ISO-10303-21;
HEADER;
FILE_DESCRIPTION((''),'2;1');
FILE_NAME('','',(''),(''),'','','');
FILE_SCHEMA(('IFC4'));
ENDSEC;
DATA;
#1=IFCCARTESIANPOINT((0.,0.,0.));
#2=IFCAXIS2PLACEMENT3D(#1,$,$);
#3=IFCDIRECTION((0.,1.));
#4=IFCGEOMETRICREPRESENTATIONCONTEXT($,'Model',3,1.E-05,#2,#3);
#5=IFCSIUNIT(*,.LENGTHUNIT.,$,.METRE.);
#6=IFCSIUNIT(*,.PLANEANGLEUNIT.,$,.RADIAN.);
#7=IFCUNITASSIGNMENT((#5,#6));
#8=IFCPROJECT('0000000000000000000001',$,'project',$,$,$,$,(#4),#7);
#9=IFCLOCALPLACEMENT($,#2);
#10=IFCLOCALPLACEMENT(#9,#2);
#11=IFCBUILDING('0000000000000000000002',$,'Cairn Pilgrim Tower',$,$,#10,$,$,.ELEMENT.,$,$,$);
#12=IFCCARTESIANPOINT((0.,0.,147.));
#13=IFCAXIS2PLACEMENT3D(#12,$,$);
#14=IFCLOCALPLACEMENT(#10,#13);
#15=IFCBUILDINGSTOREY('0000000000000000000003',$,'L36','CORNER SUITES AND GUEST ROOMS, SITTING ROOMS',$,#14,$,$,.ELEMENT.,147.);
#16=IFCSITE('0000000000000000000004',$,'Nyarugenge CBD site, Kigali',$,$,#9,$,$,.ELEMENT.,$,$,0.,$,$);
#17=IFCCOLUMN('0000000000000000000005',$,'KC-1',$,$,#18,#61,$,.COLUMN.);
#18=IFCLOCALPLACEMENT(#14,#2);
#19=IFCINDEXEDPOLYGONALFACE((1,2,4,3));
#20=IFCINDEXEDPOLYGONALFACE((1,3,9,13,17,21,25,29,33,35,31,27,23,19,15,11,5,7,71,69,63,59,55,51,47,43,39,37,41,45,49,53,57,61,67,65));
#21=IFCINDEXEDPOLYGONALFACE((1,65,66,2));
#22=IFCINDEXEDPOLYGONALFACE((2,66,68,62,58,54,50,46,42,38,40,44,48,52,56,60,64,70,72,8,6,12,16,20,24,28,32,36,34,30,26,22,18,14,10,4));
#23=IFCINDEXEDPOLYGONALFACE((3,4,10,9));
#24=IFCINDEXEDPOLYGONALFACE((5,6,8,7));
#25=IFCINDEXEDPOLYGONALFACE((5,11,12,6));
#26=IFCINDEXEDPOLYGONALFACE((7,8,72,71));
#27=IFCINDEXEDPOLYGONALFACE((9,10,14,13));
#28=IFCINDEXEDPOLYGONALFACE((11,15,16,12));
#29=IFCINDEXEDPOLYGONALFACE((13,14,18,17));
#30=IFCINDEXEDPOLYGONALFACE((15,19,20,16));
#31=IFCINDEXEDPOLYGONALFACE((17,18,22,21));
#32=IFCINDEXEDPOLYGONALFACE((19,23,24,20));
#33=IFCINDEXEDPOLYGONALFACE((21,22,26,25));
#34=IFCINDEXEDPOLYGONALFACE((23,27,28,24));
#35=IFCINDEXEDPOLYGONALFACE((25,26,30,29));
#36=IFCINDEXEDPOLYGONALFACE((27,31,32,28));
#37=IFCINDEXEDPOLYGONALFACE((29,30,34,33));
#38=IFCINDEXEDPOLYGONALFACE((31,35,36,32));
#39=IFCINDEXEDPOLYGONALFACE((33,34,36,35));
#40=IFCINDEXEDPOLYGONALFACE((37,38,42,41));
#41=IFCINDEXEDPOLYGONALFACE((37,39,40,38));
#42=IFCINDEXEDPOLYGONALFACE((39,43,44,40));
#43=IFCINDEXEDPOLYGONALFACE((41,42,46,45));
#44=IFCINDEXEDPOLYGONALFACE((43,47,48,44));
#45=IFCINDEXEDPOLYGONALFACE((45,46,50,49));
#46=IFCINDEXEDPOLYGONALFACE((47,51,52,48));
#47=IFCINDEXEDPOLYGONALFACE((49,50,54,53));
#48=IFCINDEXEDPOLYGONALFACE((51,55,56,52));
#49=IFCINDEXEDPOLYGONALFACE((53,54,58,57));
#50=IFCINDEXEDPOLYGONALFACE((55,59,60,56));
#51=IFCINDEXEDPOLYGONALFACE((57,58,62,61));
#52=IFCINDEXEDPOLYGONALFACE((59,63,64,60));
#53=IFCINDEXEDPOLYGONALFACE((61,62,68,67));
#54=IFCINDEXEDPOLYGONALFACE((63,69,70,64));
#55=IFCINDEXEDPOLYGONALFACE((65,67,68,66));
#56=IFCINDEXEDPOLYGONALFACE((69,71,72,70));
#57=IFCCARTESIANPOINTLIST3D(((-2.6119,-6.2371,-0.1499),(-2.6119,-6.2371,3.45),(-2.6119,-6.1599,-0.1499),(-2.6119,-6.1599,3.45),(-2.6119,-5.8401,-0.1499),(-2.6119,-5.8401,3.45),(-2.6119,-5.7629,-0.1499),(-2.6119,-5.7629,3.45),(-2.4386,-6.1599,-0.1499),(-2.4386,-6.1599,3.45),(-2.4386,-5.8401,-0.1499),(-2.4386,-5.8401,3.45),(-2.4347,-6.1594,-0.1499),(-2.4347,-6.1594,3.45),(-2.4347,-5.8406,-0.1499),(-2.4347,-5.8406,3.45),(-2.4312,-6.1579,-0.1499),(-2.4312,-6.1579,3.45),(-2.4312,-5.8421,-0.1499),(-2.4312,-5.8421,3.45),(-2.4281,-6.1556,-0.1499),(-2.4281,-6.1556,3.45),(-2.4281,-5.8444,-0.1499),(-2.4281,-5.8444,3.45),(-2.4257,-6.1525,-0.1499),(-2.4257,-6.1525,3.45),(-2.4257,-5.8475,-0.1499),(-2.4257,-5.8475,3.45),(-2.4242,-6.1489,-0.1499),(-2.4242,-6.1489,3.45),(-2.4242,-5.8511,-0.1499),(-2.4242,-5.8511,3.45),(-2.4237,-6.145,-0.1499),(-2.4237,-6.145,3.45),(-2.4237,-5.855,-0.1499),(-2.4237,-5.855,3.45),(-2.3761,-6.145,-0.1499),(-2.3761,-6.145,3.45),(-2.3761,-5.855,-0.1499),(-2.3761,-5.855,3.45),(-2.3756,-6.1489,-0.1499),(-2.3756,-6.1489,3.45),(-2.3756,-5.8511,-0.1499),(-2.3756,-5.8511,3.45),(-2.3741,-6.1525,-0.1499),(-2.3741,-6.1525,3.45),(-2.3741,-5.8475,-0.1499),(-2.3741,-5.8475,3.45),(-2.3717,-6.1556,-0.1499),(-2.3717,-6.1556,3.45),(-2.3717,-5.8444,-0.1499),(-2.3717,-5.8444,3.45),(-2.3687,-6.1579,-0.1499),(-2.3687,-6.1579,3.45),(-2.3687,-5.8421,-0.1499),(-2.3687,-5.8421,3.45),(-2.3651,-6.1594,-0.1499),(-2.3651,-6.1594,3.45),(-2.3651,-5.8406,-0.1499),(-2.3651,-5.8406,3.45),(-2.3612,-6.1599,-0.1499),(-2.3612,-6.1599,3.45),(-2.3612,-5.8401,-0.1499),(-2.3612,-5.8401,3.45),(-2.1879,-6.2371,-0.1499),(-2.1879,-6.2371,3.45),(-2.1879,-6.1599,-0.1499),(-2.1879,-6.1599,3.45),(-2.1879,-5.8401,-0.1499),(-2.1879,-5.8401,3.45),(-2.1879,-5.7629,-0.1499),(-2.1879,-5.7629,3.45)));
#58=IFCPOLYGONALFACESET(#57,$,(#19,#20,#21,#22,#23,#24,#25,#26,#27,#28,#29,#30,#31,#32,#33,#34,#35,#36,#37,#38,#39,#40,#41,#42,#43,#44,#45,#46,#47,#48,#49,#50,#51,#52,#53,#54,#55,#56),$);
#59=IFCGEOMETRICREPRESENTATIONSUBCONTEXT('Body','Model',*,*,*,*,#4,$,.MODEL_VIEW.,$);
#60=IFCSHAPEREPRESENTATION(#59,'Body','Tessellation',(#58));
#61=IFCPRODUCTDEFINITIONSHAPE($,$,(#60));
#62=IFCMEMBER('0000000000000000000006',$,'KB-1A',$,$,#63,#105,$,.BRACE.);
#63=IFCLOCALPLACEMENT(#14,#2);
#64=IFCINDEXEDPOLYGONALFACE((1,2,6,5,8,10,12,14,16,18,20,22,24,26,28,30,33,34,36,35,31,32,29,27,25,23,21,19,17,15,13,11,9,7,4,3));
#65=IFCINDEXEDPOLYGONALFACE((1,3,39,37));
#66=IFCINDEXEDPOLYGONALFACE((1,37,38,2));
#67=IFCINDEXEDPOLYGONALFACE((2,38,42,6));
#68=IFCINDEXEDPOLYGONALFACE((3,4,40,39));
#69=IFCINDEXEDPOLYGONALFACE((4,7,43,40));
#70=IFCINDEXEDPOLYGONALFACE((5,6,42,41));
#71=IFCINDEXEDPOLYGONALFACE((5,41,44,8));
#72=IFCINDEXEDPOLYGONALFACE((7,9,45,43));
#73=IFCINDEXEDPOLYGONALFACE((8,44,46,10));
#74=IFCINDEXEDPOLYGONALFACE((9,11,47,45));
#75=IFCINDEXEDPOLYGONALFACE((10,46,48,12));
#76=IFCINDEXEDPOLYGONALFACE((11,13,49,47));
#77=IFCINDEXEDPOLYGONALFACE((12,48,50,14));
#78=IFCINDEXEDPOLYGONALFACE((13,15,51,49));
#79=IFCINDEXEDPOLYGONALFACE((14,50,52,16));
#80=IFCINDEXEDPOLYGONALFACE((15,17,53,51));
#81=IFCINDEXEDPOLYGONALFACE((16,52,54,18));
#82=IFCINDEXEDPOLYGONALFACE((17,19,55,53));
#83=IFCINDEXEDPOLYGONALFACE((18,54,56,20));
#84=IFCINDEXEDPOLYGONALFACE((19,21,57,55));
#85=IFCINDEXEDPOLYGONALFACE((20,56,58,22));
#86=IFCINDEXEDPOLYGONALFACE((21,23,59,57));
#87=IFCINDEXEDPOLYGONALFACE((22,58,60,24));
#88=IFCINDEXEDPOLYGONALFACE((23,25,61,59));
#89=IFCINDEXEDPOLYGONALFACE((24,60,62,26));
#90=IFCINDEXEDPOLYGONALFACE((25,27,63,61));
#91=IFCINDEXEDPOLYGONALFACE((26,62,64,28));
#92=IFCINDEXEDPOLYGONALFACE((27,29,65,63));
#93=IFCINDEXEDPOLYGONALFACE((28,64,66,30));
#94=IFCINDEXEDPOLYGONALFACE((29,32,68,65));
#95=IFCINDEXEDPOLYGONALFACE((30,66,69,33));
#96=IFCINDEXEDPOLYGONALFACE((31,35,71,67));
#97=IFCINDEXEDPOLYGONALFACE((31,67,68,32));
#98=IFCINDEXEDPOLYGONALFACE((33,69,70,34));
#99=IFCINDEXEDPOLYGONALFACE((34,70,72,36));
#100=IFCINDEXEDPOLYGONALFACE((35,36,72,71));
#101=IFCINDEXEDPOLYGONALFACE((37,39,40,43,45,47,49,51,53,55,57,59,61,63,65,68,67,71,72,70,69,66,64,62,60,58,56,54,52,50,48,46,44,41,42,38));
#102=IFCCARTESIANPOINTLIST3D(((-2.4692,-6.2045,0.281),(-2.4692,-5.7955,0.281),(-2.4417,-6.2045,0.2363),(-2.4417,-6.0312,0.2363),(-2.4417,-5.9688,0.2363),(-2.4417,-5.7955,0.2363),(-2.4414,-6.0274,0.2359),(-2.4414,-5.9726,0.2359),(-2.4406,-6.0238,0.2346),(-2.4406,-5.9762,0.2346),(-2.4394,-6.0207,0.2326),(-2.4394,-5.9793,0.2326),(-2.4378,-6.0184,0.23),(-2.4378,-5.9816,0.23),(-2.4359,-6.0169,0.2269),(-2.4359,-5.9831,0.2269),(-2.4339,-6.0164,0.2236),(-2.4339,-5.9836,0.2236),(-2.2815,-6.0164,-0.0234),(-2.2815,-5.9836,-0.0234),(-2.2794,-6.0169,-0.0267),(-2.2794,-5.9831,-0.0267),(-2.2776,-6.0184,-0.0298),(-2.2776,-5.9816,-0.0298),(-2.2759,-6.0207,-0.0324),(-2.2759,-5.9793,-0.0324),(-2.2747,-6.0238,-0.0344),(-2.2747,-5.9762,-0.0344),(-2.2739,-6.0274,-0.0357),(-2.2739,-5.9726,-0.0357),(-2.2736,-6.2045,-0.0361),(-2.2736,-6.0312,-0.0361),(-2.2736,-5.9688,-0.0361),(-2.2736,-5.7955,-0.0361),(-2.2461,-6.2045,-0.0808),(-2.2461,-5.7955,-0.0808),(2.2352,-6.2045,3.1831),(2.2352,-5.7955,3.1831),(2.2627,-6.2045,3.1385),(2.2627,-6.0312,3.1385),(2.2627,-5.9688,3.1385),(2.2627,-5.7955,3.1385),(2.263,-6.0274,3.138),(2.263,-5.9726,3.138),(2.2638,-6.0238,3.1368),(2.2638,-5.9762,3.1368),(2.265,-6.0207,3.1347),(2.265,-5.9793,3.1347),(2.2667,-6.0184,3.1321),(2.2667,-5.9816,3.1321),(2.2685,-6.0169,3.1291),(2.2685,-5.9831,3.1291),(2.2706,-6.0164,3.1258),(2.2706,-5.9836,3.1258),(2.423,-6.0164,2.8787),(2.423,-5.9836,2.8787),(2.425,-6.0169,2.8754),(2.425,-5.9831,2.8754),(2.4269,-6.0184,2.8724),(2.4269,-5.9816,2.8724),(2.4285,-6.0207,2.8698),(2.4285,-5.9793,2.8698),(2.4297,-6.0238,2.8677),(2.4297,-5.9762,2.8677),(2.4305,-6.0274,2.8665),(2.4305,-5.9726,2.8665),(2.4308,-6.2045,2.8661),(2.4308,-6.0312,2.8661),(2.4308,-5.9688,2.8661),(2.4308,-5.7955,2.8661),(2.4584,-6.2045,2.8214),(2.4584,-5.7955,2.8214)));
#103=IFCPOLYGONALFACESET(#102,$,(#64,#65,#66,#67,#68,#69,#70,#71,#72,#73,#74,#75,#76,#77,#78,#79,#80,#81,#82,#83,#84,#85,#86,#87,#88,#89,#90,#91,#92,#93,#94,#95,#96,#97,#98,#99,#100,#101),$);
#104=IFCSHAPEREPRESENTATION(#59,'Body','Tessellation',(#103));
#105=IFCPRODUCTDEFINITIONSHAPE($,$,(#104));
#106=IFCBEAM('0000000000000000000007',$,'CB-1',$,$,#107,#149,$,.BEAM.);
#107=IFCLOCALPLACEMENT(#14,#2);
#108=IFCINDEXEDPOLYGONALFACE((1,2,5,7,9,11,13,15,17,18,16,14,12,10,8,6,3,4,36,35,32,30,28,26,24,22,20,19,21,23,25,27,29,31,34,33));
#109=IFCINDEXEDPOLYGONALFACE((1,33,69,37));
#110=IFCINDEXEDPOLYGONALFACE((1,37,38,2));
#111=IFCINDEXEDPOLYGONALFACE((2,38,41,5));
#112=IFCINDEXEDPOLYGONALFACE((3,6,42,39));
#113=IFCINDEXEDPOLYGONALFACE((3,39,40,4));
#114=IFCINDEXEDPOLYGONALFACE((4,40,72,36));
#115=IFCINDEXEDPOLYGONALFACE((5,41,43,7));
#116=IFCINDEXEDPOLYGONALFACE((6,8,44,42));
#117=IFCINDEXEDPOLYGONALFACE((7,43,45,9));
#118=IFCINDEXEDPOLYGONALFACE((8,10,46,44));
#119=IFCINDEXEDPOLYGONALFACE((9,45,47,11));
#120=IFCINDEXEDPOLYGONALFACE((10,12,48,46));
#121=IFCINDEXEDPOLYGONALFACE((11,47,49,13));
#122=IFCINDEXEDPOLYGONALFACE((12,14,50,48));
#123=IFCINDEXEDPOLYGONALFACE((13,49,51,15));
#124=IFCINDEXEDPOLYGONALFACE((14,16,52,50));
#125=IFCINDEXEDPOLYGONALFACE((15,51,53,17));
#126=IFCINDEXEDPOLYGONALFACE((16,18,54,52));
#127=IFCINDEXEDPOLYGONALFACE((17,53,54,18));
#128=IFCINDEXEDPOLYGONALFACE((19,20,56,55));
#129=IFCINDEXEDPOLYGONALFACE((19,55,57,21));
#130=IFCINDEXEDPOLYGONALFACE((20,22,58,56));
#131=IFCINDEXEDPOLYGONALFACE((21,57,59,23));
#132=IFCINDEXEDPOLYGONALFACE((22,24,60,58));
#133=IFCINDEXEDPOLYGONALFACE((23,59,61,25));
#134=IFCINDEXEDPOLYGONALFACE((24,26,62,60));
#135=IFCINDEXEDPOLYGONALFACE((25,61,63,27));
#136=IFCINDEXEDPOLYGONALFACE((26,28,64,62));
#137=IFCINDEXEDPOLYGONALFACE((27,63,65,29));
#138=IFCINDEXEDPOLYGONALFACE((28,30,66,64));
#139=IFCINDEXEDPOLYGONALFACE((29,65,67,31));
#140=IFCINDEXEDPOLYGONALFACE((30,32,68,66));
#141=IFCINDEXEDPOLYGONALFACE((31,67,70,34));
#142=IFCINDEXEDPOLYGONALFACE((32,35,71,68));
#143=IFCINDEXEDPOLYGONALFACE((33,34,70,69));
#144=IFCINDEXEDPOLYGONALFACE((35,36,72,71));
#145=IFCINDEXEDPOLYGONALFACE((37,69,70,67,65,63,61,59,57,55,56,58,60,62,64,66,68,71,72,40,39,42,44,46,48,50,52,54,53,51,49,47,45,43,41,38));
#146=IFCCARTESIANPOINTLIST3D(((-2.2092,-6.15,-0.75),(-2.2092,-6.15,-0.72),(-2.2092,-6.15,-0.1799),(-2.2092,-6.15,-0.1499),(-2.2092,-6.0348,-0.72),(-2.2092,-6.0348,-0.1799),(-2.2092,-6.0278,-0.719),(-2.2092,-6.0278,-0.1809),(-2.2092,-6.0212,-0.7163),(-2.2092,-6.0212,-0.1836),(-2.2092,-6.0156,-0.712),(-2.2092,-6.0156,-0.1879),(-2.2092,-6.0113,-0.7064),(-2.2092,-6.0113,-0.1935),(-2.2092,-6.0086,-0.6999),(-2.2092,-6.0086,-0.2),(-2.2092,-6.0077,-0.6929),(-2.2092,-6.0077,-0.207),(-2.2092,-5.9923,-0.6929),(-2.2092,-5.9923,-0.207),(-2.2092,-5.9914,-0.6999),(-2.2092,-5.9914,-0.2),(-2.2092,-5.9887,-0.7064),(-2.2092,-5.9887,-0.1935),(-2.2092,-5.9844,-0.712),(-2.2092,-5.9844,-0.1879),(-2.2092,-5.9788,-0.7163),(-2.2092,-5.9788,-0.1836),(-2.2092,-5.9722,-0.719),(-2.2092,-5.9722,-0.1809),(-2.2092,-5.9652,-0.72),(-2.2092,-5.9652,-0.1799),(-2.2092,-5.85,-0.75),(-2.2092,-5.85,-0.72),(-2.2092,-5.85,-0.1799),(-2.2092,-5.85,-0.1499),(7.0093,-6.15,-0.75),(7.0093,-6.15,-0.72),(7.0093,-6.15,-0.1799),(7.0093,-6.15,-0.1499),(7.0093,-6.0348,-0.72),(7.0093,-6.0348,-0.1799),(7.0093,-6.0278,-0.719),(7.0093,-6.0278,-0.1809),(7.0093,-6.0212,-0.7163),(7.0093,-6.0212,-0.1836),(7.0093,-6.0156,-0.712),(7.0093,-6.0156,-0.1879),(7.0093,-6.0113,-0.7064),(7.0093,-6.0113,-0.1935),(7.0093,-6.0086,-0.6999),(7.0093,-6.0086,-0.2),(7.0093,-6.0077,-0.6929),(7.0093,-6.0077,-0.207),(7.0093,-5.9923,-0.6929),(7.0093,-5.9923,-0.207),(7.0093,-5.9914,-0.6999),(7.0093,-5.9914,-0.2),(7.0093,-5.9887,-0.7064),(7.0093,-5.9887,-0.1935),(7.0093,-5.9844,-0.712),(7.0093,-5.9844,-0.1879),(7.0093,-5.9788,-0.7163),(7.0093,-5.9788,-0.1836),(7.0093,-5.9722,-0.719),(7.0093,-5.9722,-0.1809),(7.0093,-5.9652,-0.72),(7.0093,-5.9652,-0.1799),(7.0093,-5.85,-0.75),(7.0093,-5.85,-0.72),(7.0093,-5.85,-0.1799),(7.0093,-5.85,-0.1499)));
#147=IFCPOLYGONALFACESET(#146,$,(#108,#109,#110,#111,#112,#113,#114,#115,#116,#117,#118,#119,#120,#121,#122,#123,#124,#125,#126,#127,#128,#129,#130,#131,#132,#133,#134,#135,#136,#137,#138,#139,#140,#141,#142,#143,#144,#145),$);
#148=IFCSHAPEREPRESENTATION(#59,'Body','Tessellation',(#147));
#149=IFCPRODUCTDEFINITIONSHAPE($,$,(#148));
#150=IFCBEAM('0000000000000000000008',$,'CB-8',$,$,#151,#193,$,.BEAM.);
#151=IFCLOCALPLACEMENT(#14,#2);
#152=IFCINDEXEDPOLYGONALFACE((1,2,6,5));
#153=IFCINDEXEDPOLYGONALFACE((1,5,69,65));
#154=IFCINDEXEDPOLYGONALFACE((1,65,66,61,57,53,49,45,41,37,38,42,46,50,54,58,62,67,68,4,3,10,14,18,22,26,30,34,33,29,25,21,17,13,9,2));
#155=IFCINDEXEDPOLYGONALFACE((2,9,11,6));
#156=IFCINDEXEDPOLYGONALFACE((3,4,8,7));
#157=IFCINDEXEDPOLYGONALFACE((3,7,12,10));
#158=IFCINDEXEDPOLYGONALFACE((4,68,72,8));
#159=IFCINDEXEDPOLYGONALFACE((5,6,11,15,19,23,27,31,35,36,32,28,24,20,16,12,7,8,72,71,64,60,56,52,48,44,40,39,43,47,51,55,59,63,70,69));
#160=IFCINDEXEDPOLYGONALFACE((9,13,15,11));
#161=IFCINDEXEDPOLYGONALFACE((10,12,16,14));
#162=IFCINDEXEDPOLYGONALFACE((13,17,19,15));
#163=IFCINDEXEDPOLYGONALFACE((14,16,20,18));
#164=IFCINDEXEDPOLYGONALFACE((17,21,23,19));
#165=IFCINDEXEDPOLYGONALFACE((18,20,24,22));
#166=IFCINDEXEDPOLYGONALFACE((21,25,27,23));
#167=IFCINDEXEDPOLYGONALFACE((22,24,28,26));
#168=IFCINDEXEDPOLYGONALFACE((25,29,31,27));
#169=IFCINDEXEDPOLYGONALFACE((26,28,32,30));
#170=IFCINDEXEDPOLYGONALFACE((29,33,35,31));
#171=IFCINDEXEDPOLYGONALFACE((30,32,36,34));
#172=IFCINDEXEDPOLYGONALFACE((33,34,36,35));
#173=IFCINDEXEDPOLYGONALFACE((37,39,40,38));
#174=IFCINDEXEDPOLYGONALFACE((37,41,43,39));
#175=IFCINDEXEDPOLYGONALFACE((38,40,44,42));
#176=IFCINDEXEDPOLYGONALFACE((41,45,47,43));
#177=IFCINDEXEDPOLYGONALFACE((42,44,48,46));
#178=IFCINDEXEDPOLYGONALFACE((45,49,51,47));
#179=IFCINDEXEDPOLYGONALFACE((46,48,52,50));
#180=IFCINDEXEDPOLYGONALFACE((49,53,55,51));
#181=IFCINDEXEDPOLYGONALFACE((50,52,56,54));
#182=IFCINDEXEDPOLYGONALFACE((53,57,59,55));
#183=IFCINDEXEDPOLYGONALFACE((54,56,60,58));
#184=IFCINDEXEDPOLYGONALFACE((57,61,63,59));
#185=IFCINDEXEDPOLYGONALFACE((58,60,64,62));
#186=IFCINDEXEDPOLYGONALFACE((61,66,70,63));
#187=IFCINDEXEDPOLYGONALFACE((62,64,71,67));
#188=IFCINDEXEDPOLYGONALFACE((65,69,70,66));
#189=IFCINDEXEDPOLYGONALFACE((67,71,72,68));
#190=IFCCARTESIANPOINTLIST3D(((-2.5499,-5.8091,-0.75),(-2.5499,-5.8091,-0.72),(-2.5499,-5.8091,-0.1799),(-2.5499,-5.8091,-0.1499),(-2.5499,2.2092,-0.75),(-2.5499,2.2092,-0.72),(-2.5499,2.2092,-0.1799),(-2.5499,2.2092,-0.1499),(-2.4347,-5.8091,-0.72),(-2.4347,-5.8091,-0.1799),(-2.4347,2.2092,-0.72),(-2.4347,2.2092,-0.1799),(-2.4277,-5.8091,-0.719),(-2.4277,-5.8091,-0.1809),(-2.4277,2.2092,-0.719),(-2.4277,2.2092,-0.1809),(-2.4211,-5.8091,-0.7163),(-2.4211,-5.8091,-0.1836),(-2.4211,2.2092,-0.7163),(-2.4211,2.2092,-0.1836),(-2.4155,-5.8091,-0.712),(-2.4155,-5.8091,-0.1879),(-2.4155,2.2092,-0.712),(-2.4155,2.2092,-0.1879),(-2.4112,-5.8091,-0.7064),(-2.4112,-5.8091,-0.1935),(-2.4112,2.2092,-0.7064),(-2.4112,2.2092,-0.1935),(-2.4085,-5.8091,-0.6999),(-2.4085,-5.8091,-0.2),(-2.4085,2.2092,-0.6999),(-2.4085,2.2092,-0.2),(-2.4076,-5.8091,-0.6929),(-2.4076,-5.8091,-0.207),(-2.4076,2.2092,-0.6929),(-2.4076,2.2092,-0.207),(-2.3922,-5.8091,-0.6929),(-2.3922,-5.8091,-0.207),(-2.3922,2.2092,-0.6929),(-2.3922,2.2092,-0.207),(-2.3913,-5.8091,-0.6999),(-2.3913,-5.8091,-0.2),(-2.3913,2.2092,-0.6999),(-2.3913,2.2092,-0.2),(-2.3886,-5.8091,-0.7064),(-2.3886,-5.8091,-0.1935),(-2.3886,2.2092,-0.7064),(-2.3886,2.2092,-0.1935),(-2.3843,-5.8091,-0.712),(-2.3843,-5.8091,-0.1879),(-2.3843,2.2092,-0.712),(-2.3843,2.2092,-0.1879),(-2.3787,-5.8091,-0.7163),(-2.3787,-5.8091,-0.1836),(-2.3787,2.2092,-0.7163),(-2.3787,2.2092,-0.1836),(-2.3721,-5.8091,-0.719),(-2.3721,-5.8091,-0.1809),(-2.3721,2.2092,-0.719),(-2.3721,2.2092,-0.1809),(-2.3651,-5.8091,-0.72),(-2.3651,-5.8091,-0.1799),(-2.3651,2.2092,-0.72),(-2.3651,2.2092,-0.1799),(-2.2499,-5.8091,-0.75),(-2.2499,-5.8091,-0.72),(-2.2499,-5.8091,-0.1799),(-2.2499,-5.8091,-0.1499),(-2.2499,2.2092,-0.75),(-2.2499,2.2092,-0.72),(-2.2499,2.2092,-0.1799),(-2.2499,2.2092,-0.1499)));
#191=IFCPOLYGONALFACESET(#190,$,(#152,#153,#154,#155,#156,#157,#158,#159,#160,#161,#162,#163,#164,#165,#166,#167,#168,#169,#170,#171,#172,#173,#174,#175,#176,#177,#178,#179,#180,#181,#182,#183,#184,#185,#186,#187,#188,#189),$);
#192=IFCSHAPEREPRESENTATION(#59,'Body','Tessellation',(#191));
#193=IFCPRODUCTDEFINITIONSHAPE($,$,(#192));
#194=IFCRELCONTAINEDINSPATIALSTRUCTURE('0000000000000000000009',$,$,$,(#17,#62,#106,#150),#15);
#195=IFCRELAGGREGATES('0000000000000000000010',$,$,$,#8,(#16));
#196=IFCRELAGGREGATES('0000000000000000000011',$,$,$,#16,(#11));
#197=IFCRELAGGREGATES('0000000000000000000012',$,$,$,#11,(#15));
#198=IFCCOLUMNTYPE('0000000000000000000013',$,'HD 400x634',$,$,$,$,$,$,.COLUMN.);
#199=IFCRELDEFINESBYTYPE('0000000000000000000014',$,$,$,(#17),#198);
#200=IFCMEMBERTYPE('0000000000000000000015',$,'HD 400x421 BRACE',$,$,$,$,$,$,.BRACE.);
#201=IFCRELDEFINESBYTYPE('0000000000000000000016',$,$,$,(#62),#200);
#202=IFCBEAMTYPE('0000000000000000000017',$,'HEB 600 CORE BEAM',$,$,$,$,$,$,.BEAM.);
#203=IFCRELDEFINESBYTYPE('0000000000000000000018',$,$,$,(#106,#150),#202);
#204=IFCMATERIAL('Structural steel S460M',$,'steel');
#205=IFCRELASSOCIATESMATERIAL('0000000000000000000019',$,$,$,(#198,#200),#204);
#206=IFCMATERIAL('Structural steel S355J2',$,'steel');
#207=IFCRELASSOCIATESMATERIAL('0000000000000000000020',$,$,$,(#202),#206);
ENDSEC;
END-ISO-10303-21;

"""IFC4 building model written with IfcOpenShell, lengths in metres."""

from ifc_helpers import new_model, si_unit, direction, frame, origin, origin_2d, place, context, subcontext, project, spatial, i_section, extrude, material, material_profile, profile_set, type_object, element, save


model = new_model("IFC4")

# Units and contexts
model_context = context("Model", 3, precision=1e-05, world=origin(), true_north=direction((0.0, 1.0)))
body_context = subcontext(model_context, "Body", "Model", "MODEL_VIEW")
ifc_project = project(units=[si_unit("LENGTHUNIT", "METRE"), si_unit("PLANEANGLEUNIT", "RADIAN")], contexts=[model_context])

# Site, building, storey
site_placement = place(None, origin())
site = spatial("IfcSite", under=ifc_project, at=site_placement, Name="Nyarugenge CBD site, Kigali", CompositionType="ELEMENT", RefElevation=0.0)
building_placement = place(site_placement, origin())
building = spatial("IfcBuilding", under=site, at=building_placement, Name="Cairn Pilgrim Tower", CompositionType="ELEMENT")
storey_placement = place(building_placement, frame((0.0, 0.0, 147.0)))
storey = spatial("IfcBuildingStorey", under=building, at=storey_placement, Name="L36", Description="CORNER SUITES AND GUEST ROOMS, SITTING ROOMS", CompositionType="ELEMENT", Elevation=147.0)

# Column
ifc_material_1 = material(Name="Structural steel S460M", Category="steel")
ifc_material_profile_1 = material_profile(ifc_material_1, i_section(OverallWidth=0.4241, OverallDepth=0.4741, WebThickness=0.0476, FlangeThickness=0.0771, FilletRadius=0.0149, at=origin_2d()), Name="HD 400x634")
ifc_profile_set_1 = profile_set([ifc_material_profile_1], Name="Structural steel S460M")
column_type = type_object("IfcColumnType", Name="HD 400x634", PredefinedType="COLUMN", material=ifc_profile_set_1)
column_placement = place(storey_placement, frame((-2.3999, -6.0, -0.1499), z_axis=(0.0, 0.0, 1.0), x_axis=(1.0, 0.0, 0.0)))
element("IfcColumn", 1, at=column_placement, inside=storey, type_object=column_type, Name="KC-1", PredefinedType="COLUMN", context=body_context, shape_type="SweptSolid", body=[
    extrude(i_section(OverallWidth=0.4241, OverallDepth=0.4741, WebThickness=0.0476, FlangeThickness=0.0771, FilletRadius=0.0149, at=origin_2d()), origin(), (0.0, 0.0, 1.0), 3.5999),
])

# Member
ifc_material_profile_2 = material_profile(ifc_material_1, i_section(OverallWidth=0.4089, OverallDepth=0.425, WebThickness=0.0327, FlangeThickness=0.0525, FilletRadius=0.0149, at=origin_2d()), Name="HD 400x421")
ifc_profile_set_2 = profile_set([ifc_material_profile_2], Name="Structural steel S460M")
member_type = type_object("IfcMemberType", Name="HD 400x421 BRACE", PredefinedType="BRACE", material=ifc_profile_set_2)
member_placement = place(storey_placement, frame((-2.3577, -6.0, 0.1001), z_axis=(0.851083, 0.0, 0.525031), x_axis=(0.0, 1.0, 0.0)))
element("IfcMember", 2, at=member_placement, inside=storey, type_object=member_type, Name="KB-1A", PredefinedType="BRACE", context=body_context, shape_type="SweptSolid", body=[
    extrude(i_section(OverallWidth=0.4089, OverallDepth=0.425, WebThickness=0.0327, FlangeThickness=0.0525, FilletRadius=0.0149, at=origin_2d()), origin(), (0.0, 0.0, 1.0), 5.5276),
])

# Beams
ifc_material_2 = material(Name="Structural steel S355J2", Category="steel")
ifc_material_profile_3 = material_profile(ifc_material_2, i_section(OverallWidth=0.3, OverallDepth=0.6001, WebThickness=0.0154, FlangeThickness=0.03, FilletRadius=0.0271, at=origin_2d()), Name="HEB 600")
ifc_profile_set_3 = profile_set([ifc_material_profile_3], Name="Structural steel S355J2")
beam_type_1 = type_object("IfcBeamType", Name="HEB 600 CORE BEAM", PredefinedType="BEAM", material=ifc_profile_set_3)
beam_1_placement = place(storey_placement, frame((-2.2092, -6.0, -0.45), z_axis=(1.0, 0.0, 0.0), x_axis=(0.0, 1.0, 0.0)))
element("IfcBeam", 3, at=beam_1_placement, inside=storey, type_object=beam_type_1, Name="CB-1", PredefinedType="BEAM", context=body_context, shape_type="SweptSolid", body=[
    extrude(i_section(OverallWidth=0.3, OverallDepth=0.6001, WebThickness=0.0154, FlangeThickness=0.03, FilletRadius=0.0271, at=origin_2d()), origin(), (0.0, 0.0, 1.0), 9.2185),
])
beam_2_placement = place(storey_placement, frame((-2.3999, 2.2092, -0.45), z_axis=(0.0, -1.0, 0.0), x_axis=(1.0, 0.0, 0.0)))
element("IfcBeam", 4, at=beam_2_placement, inside=storey, type_object=beam_type_1, Name="CB-8", PredefinedType="BEAM", context=body_context, shape_type="SweptSolid", body=[
    extrude(i_section(OverallWidth=0.3, OverallDepth=0.6001, WebThickness=0.0154, FlangeThickness=0.03, FilletRadius=0.0271, at=origin_2d()), origin(), (0.0, 0.0, 1.0), 8.0183),
])

save(model, "model.ifc")
